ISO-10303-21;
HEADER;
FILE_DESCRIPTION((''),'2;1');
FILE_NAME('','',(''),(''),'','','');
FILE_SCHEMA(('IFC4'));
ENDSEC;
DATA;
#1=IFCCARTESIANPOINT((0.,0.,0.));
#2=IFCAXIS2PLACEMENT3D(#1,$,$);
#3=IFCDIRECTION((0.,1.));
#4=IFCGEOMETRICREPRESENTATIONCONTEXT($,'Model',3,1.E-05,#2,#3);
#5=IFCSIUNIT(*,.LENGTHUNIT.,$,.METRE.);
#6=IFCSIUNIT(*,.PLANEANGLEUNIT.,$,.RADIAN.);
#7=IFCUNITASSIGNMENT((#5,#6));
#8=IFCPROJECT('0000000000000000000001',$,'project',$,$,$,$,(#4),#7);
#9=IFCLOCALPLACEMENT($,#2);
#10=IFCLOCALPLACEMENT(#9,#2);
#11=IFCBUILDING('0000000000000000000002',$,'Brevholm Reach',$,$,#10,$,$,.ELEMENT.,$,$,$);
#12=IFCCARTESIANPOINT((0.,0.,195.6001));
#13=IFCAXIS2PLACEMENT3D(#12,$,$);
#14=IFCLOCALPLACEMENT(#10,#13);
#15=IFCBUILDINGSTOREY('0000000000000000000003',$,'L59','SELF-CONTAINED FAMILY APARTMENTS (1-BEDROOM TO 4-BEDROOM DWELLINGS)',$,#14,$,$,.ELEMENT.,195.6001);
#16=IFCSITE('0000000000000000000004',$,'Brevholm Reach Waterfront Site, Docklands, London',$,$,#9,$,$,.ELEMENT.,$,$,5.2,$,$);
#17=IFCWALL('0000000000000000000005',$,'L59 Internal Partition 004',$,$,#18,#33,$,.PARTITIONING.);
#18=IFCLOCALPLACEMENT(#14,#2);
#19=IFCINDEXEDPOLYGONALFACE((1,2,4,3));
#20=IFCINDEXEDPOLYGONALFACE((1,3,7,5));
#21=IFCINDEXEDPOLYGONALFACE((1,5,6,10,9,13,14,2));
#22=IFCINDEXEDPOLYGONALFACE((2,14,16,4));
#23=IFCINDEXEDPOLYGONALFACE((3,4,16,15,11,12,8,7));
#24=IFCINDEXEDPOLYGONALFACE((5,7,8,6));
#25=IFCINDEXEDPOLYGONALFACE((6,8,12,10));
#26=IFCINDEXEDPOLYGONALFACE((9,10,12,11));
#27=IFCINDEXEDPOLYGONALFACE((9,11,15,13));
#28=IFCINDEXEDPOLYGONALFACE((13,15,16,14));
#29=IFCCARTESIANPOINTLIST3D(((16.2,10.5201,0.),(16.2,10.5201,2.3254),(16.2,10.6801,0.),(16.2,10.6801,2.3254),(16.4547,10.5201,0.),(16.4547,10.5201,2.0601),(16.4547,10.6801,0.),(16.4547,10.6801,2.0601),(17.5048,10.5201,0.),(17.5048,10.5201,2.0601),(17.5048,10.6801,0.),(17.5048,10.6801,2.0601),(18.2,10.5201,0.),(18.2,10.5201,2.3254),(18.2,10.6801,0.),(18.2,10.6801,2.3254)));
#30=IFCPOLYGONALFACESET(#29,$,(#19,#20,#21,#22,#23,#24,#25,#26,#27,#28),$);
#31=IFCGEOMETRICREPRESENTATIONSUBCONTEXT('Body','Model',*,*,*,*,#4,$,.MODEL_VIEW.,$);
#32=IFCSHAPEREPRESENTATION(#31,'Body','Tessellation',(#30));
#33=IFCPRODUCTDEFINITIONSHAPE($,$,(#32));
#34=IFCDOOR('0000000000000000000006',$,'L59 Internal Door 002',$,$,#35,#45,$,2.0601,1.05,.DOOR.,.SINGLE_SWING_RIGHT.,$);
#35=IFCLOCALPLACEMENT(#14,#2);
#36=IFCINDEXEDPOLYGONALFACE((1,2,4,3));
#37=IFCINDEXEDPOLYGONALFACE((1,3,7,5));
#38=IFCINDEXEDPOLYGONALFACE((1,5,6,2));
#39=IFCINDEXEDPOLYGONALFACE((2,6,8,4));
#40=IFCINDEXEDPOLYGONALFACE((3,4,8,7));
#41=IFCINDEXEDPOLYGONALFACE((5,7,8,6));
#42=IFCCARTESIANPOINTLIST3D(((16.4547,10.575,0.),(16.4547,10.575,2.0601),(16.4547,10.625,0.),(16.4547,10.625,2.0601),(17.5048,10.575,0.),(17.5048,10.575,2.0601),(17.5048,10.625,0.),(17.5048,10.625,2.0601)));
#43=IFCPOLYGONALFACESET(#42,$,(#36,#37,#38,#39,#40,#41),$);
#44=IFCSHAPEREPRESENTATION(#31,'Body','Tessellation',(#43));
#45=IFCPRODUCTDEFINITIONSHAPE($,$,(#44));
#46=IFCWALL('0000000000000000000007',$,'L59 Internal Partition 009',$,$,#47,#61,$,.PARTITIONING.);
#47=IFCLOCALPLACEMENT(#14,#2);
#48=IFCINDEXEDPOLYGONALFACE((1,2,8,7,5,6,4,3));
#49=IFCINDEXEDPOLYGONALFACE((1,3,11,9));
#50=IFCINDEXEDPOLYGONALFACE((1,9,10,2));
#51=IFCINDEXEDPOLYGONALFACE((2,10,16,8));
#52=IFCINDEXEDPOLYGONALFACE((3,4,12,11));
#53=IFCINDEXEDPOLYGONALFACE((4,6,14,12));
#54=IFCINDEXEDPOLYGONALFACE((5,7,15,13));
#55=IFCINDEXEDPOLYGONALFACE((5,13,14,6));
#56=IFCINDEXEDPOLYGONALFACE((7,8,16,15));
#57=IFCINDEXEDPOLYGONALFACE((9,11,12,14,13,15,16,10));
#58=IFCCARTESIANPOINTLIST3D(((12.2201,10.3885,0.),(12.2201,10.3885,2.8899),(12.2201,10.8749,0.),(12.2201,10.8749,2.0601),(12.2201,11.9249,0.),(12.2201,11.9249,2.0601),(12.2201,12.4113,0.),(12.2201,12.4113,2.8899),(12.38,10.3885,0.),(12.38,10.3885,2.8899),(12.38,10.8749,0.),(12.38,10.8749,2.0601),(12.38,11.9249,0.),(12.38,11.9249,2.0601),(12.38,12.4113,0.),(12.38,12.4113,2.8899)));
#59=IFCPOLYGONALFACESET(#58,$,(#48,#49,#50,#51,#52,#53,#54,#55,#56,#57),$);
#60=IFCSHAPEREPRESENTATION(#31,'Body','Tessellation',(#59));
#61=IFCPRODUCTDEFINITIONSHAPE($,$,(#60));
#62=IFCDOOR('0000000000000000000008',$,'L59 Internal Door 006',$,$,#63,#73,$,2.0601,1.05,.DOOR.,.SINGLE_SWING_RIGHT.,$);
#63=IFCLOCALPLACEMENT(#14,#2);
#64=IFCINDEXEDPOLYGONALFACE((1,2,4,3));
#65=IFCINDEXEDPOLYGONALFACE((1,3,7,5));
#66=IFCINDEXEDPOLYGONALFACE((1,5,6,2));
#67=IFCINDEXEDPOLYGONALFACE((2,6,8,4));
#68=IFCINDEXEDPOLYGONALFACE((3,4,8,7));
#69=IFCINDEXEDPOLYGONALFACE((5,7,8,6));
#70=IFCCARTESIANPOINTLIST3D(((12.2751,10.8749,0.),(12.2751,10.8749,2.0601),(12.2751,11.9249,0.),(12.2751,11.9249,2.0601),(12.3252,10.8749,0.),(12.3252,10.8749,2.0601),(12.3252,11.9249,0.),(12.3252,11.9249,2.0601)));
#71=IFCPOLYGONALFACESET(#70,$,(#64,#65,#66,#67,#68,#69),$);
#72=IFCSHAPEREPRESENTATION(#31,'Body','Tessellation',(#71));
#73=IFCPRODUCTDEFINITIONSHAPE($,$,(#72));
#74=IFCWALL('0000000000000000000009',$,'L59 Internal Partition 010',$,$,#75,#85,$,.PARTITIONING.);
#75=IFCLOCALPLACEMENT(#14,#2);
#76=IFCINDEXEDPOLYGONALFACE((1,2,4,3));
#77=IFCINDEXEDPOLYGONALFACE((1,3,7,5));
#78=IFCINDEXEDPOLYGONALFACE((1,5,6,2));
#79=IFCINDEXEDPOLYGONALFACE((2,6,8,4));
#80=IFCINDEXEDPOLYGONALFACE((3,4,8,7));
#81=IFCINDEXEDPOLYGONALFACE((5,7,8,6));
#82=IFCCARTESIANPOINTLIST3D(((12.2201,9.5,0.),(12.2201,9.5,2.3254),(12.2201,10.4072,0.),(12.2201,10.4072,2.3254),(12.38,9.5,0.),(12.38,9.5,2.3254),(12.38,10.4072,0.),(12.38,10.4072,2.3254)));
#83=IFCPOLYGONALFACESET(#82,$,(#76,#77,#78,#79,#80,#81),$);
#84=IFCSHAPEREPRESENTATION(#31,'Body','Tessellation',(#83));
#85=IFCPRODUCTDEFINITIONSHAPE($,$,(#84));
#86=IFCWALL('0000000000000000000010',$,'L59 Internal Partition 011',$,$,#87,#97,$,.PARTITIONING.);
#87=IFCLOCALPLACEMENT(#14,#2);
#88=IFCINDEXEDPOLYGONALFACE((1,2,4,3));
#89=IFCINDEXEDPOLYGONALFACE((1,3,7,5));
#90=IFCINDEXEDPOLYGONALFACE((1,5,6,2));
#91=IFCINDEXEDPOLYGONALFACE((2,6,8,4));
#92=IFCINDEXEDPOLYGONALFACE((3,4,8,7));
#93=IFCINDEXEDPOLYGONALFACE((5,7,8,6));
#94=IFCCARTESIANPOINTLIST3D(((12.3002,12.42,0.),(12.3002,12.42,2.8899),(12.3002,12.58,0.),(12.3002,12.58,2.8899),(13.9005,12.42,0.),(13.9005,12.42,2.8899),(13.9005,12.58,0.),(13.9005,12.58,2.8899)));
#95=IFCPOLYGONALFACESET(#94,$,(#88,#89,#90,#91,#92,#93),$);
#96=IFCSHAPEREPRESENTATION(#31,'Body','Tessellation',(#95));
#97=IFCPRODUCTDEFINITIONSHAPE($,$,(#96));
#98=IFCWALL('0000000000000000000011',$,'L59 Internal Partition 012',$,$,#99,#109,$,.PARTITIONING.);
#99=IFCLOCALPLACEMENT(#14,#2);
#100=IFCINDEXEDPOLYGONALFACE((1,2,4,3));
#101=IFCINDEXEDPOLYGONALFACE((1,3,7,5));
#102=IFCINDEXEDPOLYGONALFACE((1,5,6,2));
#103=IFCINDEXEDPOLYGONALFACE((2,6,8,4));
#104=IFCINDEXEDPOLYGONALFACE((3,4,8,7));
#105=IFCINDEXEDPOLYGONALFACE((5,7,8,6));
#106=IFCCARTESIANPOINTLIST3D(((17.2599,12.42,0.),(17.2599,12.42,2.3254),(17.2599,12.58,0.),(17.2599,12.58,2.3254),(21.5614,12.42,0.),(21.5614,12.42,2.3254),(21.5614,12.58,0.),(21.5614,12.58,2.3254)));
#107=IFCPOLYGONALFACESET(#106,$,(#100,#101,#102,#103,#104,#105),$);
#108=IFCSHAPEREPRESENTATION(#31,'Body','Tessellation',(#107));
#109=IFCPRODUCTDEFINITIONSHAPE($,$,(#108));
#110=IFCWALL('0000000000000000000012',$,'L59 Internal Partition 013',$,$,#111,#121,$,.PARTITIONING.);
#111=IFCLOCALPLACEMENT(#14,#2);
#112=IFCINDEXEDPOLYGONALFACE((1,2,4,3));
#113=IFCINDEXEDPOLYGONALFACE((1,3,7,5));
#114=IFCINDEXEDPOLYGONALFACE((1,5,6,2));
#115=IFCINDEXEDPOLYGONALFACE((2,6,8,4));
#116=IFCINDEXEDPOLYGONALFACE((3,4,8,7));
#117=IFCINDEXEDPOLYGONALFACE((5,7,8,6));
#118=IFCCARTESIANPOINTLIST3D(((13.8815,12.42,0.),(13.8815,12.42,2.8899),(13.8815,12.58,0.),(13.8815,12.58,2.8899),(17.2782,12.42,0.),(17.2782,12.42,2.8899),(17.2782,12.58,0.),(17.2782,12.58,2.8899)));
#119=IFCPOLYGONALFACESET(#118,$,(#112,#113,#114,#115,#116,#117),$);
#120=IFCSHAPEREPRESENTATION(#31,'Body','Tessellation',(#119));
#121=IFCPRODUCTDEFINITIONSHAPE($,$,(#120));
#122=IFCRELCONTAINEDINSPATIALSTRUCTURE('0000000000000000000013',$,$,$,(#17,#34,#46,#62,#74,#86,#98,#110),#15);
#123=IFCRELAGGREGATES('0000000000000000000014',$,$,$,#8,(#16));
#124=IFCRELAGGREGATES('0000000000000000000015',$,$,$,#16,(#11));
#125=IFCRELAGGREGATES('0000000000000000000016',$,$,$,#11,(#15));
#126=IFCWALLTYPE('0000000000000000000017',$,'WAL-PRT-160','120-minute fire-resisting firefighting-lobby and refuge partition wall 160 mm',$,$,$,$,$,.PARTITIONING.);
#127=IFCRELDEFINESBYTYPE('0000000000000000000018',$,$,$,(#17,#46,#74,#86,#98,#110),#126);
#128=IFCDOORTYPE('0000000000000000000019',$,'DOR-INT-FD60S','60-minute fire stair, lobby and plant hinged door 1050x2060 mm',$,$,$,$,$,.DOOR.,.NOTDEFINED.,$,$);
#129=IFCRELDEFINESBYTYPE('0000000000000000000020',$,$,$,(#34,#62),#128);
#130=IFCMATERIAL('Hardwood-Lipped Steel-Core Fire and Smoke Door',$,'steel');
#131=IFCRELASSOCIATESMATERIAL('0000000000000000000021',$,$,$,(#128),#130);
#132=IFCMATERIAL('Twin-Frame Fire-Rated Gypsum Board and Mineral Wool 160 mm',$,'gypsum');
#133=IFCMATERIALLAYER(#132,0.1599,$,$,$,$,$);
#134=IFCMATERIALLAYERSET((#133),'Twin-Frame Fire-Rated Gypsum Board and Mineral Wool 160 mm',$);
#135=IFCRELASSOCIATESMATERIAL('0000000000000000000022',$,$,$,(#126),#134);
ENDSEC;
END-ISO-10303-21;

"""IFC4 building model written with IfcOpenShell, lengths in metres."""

from ifc_helpers import new_model, si_unit, direction, frame, frame_2d, origin, place, context, subcontext, project, spatial, rectangle, extrude, material, layer, layer_set, type_object, element, fill, save


model = new_model("IFC4")

# Units and contexts
model_context = context("Model", 3, precision=1e-05, world=origin(), true_north=direction((0.0, 1.0)))
body_context = subcontext(model_context, "Body", "Model", "MODEL_VIEW")
ifc_project = project(units=[si_unit("LENGTHUNIT", "METRE"), si_unit("PLANEANGLEUNIT", "RADIAN")], contexts=[model_context])

# Site, building, storey
site_placement = place(None, origin())
site = spatial("IfcSite", under=ifc_project, at=site_placement, Name="Brevholm Reach Waterfront Site, Docklands, London", CompositionType="ELEMENT", RefElevation=5.2)
building_placement = place(site_placement, origin())
building = spatial("IfcBuilding", under=site, at=building_placement, Name="Brevholm Reach", CompositionType="ELEMENT")
storey_placement = place(building_placement, frame((0.0, 0.0, 195.6001)))
storey = spatial("IfcBuildingStorey", under=building, at=storey_placement, Name="L59", Description="SELF-CONTAINED FAMILY APARTMENTS (1-BEDROOM TO 4-BEDROOM DWELLINGS)", CompositionType="ELEMENT", Elevation=195.6001)

# Shared definitions
ifc_material_1 = material(Name="Hardwood-Lipped Steel-Core Fire and Smoke Door", Category="steel")
door_type_1 = type_object("IfcDoorType", Name="DOR-INT-FD60S", Description="60-minute fire stair, lobby and plant hinged door 1050x2060 mm", OperationType="NOTDEFINED", PredefinedType="DOOR", material=ifc_material_1)

# Shared definitions
ifc_material_2 = material(Name="Twin-Frame Fire-Rated Gypsum Board and Mineral Wool 160 mm", Category="gypsum")
ifc_layer_1 = layer(ifc_material_2, 0.1599)
ifc_layer_set_1 = layer_set([ifc_layer_1], Name="Twin-Frame Fire-Rated Gypsum Board and Mineral Wool 160 mm")
wall_type_1 = type_object("IfcWallType", Name="WAL-PRT-160", Description="120-minute fire-resisting firefighting-lobby and refuge partition wall 160 mm", PredefinedType="PARTITIONING", material=ifc_layer_set_1)

# Walls, openings, doors
wall_1_placement = place(storey_placement, frame((16.2, 10.6001, 0.0), z_axis=(0.0, 0.0, 1.0), x_axis=(1.0, 0.0, 0.0)))
wall_1 = element("IfcWall", 1, at=wall_1_placement, inside=storey, type_object=wall_type_1, Name="L59 Internal Partition 004", PredefinedType="PARTITIONING", context=body_context, shape_type="SweptSolid", body=[
    extrude(rectangle(XDim=2.0, YDim=0.1599, at=frame_2d((1.0, 0.0))), origin(), (0.0, 0.0, 1.0), 2.3254),
])
opening_1_placement = place(wall_1_placement, frame((0.2549, 0.0, 0.0)))
opening_1 = element("IfcOpeningElement", 2, at=opening_1_placement, cuts=wall_1, PredefinedType="OPENING", context=body_context, shape_type="SweptSolid", body=[
    extrude(rectangle(XDim=1.05, YDim=2.0601, at=frame_2d((0.5249, 1.03))), frame((0.0, 0.0898, 0.0), z_axis=(0.0, -1.0, 0.0), x_axis=(1.0, 0.0, 0.0)), (0.0, 0.0, 1.0), 0.1799),
])
door_1_placement = place(opening_1_placement, origin())
door_1 = element("IfcDoor", 3, at=door_1_placement, inside=storey, type_object=door_type_1, Name="L59 Internal Door 002", OperationType="SINGLE_SWING_RIGHT", OverallHeight=2.0601, OverallWidth=1.05, PredefinedType="DOOR", context=body_context, shape_type="SweptSolid", body=[
    extrude(rectangle(XDim=1.05, YDim=2.0601, at=frame_2d((0.5249, 1.03))), frame((0.0, 0.0249, 0.0), z_axis=(0.0, -1.0, 0.0), x_axis=(1.0, 0.0, 0.0)), (0.0, 0.0, 1.0), 0.05),
])
fill(opening_1, door_1)
wall_2_placement = place(storey_placement, frame((12.3, 10.3887, 0.0), z_axis=(0.0, 0.0, 1.0), x_axis=(0.0, 1.0, 0.0)))
wall_2 = element("IfcWall", 4, at=wall_2_placement, inside=storey, type_object=wall_type_1, Name="L59 Internal Partition 009", PredefinedType="PARTITIONING", context=body_context, shape_type="SweptSolid", body=[
    extrude(rectangle(XDim=2.0227, YDim=0.1599, at=frame_2d((1.0112, 0.0))), origin(), (0.0, 0.0, 1.0), 2.8899),
])
opening_2_placement = place(wall_2_placement, frame((0.4863, 0.0, 0.0)))
opening_2 = element("IfcOpeningElement", 5, at=opening_2_placement, cuts=wall_2, PredefinedType="OPENING", context=body_context, shape_type="SweptSolid", body=[
    extrude(rectangle(XDim=1.05, YDim=2.0601, at=frame_2d((0.5249, 1.03))), frame((0.0, 0.0898, 0.0), z_axis=(0.0, -1.0, 0.0), x_axis=(1.0, 0.0, 0.0)), (0.0, 0.0, 1.0), 0.1799),
])
door_2_placement = place(opening_2_placement, origin())
door_2 = element("IfcDoor", 6, at=door_2_placement, inside=storey, type_object=door_type_1, Name="L59 Internal Door 006", OperationType="SINGLE_SWING_RIGHT", OverallHeight=2.0601, OverallWidth=1.05, PredefinedType="DOOR", context=body_context, shape_type="SweptSolid", body=[
    extrude(rectangle(XDim=1.05, YDim=2.0601, at=frame_2d((0.5249, 1.03))), frame((0.0, 0.0249, 0.0), z_axis=(0.0, -1.0, 0.0), x_axis=(1.0, 0.0, 0.0)), (0.0, 0.0, 1.0), 0.05),
])
fill(opening_2, door_2)

# Walls
wall_3_placement = place(storey_placement, frame((12.3, 9.5, 0.0), z_axis=(0.0, 0.0, 1.0), x_axis=(0.0, 1.0, 0.0)))
element("IfcWall", 7, at=wall_3_placement, inside=storey, type_object=wall_type_1, Name="L59 Internal Partition 010", PredefinedType="PARTITIONING", context=body_context, shape_type="SweptSolid", body=[
    extrude(rectangle(XDim=0.9072, YDim=0.1599, at=frame_2d((0.4536, 0.0))), origin(), (0.0, 0.0, 1.0), 2.3254),
])
wall_4_placement = place(storey_placement, frame((12.3, 12.5, 0.0), z_axis=(0.0, 0.0, 1.0), x_axis=(1.0, 0.0, 0.0)))
element("IfcWall", 8, at=wall_4_placement, inside=storey, type_object=wall_type_1, Name="L59 Internal Partition 011", PredefinedType="PARTITIONING", context=body_context, shape_type="SweptSolid", body=[
    extrude(rectangle(XDim=1.6003, YDim=0.1599, at=frame_2d((0.8003, 0.0))), origin(), (0.0, 0.0, 1.0), 2.8899),
])
wall_5_placement = place(storey_placement, frame((17.2598, 12.5, 0.0), z_axis=(0.0, 0.0, 1.0), x_axis=(1.0, 0.0, 0.0)))
element("IfcWall", 9, at=wall_5_placement, inside=storey, type_object=wall_type_1, Name="L59 Internal Partition 012", PredefinedType="PARTITIONING", context=body_context, shape_type="SweptSolid", body=[
    extrude(rectangle(XDim=4.3015, YDim=0.1599, at=frame_2d((2.1509, 0.0))), origin(), (0.0, 0.0, 1.0), 2.3254),
])
wall_6_placement = place(storey_placement, frame((13.8816, 12.5, 0.0), z_axis=(0.0, 0.0, 1.0), x_axis=(1.0, 0.0, 0.0)))
element("IfcWall", 10, at=wall_6_placement, inside=storey, type_object=wall_type_1, Name="L59 Internal Partition 013", PredefinedType="PARTITIONING", context=body_context, shape_type="SweptSolid", body=[
    extrude(rectangle(XDim=3.3967, YDim=0.1599, at=frame_2d((1.6982, 0.0))), origin(), (0.0, 0.0, 1.0), 2.8899),
])

save(model, "model.ifc")
